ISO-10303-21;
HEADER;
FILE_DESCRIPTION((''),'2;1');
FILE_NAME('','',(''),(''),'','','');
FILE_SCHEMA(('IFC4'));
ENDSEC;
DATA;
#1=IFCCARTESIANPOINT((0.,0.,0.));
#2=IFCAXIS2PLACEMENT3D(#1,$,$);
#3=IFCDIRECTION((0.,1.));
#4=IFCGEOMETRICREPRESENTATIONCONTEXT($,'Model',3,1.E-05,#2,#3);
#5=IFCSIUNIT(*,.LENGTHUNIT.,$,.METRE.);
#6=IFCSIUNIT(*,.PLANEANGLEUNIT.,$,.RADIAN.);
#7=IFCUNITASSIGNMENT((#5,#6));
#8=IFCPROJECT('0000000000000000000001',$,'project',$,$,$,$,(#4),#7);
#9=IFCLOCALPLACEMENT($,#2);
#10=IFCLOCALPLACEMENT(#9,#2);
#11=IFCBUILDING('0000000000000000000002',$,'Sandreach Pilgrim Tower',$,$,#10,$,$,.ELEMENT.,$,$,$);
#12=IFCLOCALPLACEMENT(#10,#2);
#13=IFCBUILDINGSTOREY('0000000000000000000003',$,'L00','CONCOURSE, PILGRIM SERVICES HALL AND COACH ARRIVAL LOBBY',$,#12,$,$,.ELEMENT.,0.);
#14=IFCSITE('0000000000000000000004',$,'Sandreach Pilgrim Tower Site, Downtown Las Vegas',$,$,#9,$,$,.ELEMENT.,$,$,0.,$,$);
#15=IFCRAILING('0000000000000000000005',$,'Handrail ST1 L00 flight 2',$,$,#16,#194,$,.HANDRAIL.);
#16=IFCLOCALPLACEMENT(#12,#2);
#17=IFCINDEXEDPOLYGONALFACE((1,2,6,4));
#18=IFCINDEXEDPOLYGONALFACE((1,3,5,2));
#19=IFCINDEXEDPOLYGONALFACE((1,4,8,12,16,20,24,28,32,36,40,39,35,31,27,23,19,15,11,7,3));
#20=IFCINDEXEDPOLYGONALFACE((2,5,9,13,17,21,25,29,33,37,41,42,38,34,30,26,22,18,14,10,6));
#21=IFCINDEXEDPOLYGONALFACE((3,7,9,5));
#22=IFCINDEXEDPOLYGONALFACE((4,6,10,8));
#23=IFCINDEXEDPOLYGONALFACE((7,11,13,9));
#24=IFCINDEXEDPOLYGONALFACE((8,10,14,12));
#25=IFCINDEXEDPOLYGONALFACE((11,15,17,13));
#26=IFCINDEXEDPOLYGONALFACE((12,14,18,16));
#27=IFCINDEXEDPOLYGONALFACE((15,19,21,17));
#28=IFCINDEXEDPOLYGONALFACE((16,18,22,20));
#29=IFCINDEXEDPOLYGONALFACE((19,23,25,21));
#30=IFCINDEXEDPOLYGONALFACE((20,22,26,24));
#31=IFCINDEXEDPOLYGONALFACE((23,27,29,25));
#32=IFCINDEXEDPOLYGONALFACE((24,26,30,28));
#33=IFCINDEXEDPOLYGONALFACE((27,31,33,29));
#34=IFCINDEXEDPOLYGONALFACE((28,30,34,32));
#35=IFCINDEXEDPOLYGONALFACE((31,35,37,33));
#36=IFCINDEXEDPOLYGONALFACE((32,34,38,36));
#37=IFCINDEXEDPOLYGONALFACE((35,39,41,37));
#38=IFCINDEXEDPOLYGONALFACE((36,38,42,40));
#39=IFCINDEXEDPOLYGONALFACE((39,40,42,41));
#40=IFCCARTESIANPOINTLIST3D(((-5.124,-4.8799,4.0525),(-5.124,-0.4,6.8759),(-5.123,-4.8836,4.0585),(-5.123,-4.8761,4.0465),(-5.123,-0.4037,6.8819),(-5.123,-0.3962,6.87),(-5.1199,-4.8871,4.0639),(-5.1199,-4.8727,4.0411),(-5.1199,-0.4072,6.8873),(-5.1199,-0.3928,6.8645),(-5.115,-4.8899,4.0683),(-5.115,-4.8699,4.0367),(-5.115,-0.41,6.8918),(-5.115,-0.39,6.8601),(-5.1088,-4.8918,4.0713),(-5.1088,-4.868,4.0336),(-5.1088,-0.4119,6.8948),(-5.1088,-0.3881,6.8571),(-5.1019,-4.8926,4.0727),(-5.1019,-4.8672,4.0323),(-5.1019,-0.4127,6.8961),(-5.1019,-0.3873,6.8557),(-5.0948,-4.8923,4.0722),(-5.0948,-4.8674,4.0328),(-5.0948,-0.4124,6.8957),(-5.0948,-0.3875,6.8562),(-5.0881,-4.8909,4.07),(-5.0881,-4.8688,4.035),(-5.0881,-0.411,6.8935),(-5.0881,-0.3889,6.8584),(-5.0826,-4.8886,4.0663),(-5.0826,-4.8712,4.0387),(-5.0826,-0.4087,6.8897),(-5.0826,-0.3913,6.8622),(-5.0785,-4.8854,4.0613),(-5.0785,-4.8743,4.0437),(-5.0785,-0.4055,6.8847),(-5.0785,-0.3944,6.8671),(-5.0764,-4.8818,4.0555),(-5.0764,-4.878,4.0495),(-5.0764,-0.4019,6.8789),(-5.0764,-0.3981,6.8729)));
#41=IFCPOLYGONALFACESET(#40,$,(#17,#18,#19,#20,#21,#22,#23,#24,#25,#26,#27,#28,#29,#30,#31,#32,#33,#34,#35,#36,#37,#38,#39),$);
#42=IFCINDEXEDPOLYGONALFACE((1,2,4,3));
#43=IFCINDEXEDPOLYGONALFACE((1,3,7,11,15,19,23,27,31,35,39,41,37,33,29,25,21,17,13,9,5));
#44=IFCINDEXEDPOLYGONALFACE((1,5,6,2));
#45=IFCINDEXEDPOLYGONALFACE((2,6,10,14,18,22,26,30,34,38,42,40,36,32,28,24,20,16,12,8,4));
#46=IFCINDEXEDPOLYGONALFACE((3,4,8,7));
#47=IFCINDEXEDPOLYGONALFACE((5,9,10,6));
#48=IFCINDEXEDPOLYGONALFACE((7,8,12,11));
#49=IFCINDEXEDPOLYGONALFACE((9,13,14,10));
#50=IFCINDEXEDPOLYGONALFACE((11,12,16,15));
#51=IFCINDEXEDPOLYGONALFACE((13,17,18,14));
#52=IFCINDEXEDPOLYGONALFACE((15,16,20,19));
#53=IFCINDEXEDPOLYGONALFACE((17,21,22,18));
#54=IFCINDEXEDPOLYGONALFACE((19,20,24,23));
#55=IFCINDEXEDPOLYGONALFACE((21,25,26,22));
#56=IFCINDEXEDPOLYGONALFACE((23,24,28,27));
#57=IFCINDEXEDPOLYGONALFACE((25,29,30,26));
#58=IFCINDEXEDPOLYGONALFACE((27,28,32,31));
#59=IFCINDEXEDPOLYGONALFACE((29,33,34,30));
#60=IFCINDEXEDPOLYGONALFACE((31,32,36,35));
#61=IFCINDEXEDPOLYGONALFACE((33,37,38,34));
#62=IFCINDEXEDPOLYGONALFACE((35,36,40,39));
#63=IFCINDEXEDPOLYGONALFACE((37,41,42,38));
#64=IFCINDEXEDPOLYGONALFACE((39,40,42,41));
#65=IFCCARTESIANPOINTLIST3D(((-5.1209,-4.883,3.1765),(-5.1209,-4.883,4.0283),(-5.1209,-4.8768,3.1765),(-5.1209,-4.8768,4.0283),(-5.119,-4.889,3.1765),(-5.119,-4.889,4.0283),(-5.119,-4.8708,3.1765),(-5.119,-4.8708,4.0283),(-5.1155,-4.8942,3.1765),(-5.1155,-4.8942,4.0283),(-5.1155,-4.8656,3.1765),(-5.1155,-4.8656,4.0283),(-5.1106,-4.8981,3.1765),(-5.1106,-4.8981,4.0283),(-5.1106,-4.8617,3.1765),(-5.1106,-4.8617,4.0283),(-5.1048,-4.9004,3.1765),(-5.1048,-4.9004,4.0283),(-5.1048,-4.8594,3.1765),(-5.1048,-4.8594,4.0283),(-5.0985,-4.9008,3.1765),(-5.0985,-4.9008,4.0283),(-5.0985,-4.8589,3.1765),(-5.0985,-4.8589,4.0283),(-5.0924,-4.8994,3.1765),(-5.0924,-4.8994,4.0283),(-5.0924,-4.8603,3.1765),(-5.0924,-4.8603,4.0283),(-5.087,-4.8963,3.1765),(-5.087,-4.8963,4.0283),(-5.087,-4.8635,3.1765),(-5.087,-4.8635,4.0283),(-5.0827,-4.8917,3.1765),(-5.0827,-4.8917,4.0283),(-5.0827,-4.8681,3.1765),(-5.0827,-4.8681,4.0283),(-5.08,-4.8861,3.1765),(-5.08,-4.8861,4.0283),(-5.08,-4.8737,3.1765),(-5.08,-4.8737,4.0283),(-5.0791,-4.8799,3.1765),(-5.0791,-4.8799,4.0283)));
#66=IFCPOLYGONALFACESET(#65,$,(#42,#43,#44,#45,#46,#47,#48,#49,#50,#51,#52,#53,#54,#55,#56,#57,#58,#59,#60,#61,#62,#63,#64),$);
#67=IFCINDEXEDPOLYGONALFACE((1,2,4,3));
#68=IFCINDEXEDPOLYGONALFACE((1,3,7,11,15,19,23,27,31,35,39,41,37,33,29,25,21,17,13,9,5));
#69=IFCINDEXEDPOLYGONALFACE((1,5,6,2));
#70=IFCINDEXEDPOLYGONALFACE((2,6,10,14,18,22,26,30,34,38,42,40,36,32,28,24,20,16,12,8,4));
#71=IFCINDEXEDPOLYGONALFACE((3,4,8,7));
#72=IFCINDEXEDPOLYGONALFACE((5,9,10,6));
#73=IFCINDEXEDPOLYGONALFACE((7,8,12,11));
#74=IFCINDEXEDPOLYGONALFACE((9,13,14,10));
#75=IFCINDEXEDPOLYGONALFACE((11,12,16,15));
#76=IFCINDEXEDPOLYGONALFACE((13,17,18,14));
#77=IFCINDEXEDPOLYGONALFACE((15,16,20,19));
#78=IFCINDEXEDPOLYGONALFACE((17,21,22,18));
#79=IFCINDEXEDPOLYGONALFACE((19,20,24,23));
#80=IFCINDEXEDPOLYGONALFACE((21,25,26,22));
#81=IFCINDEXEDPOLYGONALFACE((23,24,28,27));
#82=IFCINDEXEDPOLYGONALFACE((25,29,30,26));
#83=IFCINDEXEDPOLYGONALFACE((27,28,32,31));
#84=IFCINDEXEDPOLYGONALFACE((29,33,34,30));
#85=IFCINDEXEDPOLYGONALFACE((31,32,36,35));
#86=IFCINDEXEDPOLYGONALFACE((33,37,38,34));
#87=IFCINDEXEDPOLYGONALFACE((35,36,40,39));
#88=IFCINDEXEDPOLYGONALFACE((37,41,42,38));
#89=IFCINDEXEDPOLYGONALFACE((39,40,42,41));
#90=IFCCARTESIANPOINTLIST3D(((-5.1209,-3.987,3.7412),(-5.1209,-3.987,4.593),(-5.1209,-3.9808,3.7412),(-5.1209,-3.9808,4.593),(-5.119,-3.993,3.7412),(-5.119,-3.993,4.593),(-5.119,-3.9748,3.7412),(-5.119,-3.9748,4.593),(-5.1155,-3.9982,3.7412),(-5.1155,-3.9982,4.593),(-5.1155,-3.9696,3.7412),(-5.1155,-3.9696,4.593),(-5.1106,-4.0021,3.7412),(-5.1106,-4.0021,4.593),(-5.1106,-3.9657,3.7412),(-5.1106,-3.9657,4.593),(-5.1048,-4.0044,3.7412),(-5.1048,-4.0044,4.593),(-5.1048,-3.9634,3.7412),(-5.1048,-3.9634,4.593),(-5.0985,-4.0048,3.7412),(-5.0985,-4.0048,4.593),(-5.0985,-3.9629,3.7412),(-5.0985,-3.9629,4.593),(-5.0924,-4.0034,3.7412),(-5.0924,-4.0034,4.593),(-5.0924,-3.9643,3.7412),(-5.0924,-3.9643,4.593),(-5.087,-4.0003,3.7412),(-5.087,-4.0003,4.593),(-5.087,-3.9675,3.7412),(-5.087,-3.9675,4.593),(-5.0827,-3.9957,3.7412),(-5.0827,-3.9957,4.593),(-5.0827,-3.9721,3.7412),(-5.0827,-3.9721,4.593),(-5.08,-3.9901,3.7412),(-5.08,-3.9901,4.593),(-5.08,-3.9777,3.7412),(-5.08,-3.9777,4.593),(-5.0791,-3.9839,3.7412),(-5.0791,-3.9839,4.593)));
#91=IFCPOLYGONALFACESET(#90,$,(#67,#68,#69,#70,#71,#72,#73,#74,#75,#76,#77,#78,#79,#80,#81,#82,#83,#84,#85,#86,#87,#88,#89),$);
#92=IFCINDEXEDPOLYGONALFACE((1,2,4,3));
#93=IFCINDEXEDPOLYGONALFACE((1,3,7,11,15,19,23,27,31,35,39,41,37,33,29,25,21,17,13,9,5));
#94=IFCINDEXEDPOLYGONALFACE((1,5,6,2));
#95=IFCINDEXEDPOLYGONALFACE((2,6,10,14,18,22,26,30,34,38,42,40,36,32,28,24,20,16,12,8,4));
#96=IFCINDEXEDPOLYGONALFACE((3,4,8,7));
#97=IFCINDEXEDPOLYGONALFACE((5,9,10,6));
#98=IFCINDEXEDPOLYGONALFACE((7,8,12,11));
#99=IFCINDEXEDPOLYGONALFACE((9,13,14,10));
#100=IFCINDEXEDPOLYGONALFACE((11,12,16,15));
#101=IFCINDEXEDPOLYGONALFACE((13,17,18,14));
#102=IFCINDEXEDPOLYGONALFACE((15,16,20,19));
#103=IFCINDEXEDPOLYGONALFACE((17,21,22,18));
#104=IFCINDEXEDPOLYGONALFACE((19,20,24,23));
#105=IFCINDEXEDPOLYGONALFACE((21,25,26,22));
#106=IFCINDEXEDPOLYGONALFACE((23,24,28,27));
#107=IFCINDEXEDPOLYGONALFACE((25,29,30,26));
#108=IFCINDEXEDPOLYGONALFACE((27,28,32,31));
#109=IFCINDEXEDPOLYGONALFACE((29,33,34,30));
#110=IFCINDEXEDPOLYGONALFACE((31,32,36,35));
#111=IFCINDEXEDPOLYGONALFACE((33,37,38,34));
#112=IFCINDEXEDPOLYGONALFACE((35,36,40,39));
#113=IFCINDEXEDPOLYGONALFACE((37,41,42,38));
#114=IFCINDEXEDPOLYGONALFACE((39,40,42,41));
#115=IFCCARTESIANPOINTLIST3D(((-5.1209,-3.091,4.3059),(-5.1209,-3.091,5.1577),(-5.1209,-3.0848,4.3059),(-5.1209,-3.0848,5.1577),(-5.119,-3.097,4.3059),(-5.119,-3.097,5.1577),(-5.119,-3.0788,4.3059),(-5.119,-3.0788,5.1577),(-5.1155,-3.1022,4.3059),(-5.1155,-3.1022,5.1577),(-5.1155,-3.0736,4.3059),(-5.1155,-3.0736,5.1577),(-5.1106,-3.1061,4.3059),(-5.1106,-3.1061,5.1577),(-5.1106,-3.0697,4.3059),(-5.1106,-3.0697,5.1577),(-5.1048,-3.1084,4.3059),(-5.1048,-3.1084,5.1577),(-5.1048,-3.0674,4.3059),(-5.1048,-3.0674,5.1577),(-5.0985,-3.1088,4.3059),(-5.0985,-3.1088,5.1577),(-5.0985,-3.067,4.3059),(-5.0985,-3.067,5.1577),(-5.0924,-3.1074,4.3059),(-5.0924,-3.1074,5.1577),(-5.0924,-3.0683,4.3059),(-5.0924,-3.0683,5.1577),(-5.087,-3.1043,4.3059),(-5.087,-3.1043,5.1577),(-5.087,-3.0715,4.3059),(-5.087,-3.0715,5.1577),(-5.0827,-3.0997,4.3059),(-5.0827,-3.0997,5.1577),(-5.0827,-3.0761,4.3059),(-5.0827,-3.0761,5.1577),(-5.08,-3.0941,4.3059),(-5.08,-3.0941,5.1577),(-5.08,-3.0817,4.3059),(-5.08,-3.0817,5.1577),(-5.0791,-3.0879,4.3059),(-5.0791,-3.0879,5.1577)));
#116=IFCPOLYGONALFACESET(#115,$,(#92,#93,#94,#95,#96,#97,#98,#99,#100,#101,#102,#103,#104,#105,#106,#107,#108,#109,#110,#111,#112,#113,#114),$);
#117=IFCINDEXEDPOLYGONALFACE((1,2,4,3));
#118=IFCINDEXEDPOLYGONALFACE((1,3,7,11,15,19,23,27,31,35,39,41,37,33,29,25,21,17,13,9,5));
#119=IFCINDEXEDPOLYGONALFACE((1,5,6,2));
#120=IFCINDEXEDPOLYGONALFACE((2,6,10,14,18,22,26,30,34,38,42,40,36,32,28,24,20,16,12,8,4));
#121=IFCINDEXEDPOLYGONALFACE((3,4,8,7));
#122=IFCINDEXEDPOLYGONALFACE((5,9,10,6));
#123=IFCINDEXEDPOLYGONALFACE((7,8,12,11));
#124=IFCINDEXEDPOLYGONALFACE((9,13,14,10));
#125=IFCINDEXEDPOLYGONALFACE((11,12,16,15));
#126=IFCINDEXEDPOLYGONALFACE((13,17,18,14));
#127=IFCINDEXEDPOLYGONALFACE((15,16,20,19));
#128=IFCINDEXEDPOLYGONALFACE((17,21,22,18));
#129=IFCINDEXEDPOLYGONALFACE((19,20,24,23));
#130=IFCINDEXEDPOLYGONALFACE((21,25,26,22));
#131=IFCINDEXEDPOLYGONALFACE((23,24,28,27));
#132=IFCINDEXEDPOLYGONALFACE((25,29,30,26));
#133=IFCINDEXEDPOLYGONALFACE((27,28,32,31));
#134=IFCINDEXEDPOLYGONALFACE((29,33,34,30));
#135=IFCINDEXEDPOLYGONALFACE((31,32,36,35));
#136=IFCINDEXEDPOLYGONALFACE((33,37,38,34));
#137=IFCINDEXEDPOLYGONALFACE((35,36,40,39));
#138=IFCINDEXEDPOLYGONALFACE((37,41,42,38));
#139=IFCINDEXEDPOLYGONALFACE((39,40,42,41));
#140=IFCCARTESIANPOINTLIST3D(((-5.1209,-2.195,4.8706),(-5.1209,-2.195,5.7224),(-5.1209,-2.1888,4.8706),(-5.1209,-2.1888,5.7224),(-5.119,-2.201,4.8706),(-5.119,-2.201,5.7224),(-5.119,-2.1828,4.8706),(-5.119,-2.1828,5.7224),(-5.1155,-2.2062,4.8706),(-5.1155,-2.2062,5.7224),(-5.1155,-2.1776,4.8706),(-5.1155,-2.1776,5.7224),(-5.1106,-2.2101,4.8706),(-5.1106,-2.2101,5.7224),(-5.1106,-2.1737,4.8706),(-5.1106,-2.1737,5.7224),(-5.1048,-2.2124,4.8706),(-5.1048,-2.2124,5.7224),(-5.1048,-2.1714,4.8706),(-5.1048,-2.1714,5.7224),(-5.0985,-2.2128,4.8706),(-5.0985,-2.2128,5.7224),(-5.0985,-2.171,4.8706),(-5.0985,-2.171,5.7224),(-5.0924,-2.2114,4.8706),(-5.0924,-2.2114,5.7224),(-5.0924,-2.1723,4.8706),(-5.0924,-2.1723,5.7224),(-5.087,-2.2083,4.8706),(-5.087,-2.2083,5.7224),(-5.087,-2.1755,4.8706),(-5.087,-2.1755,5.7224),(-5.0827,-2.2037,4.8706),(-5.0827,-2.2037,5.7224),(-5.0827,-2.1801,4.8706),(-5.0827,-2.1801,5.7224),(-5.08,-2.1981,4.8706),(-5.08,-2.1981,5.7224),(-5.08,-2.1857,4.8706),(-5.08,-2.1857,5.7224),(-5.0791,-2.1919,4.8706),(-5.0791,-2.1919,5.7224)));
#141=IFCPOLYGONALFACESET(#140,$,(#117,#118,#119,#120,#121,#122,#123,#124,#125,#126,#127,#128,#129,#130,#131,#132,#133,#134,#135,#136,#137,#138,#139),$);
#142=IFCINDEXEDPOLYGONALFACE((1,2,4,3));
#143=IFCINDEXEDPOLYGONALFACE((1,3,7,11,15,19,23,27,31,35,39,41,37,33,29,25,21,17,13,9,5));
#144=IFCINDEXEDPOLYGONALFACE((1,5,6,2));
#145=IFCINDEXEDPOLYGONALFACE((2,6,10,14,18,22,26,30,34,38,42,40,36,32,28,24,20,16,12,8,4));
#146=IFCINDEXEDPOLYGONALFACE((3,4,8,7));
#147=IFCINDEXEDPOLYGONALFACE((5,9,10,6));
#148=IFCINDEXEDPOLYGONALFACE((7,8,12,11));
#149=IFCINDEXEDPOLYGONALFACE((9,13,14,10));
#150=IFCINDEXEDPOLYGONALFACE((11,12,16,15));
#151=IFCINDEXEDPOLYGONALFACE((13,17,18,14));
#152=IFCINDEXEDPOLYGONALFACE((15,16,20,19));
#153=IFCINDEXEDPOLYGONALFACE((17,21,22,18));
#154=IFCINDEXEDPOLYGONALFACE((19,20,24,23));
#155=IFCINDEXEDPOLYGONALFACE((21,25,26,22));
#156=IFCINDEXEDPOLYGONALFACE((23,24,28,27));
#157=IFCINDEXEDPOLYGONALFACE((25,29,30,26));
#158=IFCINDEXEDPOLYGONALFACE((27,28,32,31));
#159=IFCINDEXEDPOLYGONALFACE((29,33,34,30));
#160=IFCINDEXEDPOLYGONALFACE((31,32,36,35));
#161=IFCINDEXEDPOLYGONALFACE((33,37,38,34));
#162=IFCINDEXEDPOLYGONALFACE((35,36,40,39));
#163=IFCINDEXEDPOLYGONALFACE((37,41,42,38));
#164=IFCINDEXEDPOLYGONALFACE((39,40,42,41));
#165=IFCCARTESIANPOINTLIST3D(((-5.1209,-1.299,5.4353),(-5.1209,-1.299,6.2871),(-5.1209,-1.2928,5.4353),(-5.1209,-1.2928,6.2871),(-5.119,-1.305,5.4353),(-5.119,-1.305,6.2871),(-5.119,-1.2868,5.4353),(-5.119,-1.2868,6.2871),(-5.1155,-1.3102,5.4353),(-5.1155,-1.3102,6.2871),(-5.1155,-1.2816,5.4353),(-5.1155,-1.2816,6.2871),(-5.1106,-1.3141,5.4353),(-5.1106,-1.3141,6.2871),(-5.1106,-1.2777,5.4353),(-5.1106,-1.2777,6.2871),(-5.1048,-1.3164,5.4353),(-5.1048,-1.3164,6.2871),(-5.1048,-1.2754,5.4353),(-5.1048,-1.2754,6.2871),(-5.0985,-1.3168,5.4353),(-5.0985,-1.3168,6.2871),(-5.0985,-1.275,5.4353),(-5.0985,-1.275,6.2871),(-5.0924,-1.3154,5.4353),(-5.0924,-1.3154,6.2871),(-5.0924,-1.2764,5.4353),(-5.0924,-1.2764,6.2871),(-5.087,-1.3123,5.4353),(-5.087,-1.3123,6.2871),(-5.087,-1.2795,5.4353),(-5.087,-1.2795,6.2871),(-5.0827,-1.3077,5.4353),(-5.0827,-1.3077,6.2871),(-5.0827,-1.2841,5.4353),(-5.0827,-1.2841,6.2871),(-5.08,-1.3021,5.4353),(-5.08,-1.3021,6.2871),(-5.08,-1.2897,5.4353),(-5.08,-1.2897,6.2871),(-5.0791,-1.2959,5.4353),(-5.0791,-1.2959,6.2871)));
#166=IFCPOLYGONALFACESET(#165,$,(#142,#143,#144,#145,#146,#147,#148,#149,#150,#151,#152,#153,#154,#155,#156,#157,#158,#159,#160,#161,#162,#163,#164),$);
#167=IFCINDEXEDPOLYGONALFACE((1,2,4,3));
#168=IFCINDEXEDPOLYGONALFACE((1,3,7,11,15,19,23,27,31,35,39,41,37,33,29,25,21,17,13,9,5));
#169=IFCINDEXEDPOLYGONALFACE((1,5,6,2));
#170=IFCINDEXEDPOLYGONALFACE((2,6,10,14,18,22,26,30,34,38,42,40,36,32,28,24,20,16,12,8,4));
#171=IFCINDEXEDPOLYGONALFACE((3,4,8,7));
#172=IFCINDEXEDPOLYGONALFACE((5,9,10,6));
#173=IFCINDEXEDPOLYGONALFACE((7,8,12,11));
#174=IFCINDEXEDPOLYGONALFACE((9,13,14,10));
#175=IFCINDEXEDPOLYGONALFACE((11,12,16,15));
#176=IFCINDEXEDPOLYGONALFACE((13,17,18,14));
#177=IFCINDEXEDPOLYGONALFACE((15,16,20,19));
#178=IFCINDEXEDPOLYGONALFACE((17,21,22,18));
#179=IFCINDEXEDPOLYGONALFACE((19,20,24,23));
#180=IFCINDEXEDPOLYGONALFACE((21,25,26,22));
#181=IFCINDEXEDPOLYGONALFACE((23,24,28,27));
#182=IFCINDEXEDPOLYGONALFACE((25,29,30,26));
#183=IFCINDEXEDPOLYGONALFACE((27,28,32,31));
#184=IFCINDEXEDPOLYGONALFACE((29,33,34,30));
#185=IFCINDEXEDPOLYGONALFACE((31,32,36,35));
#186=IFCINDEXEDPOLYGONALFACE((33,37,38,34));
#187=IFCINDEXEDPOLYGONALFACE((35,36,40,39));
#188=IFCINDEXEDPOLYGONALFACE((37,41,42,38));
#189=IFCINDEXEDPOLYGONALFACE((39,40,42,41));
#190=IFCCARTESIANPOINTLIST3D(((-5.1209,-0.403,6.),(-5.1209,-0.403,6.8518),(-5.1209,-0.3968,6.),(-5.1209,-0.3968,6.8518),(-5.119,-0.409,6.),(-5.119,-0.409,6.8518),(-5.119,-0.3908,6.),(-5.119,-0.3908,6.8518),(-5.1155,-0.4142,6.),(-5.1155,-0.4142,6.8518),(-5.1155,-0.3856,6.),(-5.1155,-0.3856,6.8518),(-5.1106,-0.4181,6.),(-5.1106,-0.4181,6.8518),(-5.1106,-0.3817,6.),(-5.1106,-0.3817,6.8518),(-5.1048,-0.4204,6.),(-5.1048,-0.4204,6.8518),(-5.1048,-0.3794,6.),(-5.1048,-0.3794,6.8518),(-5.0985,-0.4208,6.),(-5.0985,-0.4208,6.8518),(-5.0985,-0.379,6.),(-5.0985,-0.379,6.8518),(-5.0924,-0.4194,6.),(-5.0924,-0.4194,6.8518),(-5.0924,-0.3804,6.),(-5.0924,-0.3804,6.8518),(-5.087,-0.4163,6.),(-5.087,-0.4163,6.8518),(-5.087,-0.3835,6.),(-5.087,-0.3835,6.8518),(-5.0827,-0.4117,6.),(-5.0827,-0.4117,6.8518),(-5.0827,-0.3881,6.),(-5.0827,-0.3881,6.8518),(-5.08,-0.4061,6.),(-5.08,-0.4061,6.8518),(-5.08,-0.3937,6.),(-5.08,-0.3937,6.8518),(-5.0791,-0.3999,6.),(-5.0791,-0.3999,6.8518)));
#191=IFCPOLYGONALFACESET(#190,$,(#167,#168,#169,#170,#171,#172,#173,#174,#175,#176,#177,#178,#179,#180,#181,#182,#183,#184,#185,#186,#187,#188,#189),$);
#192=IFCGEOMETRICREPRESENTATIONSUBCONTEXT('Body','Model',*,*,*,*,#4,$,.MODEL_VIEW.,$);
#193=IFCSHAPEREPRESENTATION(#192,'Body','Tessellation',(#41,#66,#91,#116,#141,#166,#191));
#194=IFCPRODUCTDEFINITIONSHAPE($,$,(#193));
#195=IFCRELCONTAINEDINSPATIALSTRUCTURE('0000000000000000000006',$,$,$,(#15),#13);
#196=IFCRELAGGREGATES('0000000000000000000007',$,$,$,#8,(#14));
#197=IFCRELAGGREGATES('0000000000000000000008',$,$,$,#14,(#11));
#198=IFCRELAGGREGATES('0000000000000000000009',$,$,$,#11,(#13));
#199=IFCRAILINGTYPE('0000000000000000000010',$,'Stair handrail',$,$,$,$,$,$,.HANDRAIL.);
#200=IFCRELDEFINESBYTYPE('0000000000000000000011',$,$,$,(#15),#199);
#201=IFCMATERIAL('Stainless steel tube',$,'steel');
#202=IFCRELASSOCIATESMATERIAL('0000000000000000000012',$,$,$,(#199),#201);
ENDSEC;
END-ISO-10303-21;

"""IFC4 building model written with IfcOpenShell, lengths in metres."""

from ifc_helpers import new_model, si_unit, direction, frame, origin, origin_2d, place, context, subcontext, project, spatial, circle, extrude, material, type_object, element, save


model = new_model("IFC4")

# Units and contexts
model_context = context("Model", 3, precision=1e-05, world=origin(), true_north=direction((0.0, 1.0)))
body_context = subcontext(model_context, "Body", "Model", "MODEL_VIEW")
ifc_project = project(units=[si_unit("LENGTHUNIT", "METRE"), si_unit("PLANEANGLEUNIT", "RADIAN")], contexts=[model_context])

# Site, building, storey
site_placement = place(None, origin())
site = spatial("IfcSite", under=ifc_project, at=site_placement, Name="Sandreach Pilgrim Tower Site, Downtown Las Vegas", CompositionType="ELEMENT", RefElevation=0.0)
building_placement = place(site_placement, origin())
building = spatial("IfcBuilding", under=site, at=building_placement, Name="Sandreach Pilgrim Tower", CompositionType="ELEMENT")
storey_placement = place(building_placement, origin())
storey = spatial("IfcBuildingStorey", under=building, at=storey_placement, Name="L00", Description="CONCOURSE, PILGRIM SERVICES HALL AND COACH ARRIVAL LOBBY", CompositionType="ELEMENT", Elevation=0.0)

# Railing
ifc_material_1 = material(Name="Stainless steel tube", Category="steel")
railing_type = type_object("IfcRailingType", Name="Stair handrail", PredefinedType="HANDRAIL", material=ifc_material_1)
for number, where, name in (
    (1, (-5.1001, -4.8799, 3.1765), "Handrail ST1 L00 flight 2"),
):
    element("IfcRailing", number, at=place(storey_placement, frame(where)), inside=storey, type_object=railing_type, Name=name, PredefinedType="HANDRAIL", context=body_context, shape_type="SweptSolid", body=[
        extrude(circle(Radius=0.0239, at=origin_2d()), frame((0.0, 0.0, 0.876), z_axis=(0.0, 0.845998, 0.533186), x_axis=(-1.0, 0.0, 0.0)), (0.0, 0.0, 1.0), 5.2954),
        extrude(circle(Radius=0.021, at=origin_2d()), origin(), (0.0, 0.0, 1.0), 0.8518),
        extrude(circle(Radius=0.021, at=origin_2d()), frame((0.0, 0.896, 0.5647)), (0.0, 0.0, 1.0), 0.8518),
        extrude(circle(Radius=0.021, at=origin_2d()), frame((0.0, 1.792, 1.1294)), (0.0, 0.0, 1.0), 0.8518),
        extrude(circle(Radius=0.021, at=origin_2d()), frame((0.0, 2.688, 1.6941)), (0.0, 0.0, 1.0), 0.8518),
        extrude(circle(Radius=0.021, at=origin_2d()), frame((0.0, 3.584, 2.2588)), (0.0, 0.0, 1.0), 0.8518),
        extrude(circle(Radius=0.021, at=origin_2d()), frame((0.0, 4.48, 2.8235)), (0.0, 0.0, 1.0), 0.8518),
    ])

save(model, "model.ifc")
